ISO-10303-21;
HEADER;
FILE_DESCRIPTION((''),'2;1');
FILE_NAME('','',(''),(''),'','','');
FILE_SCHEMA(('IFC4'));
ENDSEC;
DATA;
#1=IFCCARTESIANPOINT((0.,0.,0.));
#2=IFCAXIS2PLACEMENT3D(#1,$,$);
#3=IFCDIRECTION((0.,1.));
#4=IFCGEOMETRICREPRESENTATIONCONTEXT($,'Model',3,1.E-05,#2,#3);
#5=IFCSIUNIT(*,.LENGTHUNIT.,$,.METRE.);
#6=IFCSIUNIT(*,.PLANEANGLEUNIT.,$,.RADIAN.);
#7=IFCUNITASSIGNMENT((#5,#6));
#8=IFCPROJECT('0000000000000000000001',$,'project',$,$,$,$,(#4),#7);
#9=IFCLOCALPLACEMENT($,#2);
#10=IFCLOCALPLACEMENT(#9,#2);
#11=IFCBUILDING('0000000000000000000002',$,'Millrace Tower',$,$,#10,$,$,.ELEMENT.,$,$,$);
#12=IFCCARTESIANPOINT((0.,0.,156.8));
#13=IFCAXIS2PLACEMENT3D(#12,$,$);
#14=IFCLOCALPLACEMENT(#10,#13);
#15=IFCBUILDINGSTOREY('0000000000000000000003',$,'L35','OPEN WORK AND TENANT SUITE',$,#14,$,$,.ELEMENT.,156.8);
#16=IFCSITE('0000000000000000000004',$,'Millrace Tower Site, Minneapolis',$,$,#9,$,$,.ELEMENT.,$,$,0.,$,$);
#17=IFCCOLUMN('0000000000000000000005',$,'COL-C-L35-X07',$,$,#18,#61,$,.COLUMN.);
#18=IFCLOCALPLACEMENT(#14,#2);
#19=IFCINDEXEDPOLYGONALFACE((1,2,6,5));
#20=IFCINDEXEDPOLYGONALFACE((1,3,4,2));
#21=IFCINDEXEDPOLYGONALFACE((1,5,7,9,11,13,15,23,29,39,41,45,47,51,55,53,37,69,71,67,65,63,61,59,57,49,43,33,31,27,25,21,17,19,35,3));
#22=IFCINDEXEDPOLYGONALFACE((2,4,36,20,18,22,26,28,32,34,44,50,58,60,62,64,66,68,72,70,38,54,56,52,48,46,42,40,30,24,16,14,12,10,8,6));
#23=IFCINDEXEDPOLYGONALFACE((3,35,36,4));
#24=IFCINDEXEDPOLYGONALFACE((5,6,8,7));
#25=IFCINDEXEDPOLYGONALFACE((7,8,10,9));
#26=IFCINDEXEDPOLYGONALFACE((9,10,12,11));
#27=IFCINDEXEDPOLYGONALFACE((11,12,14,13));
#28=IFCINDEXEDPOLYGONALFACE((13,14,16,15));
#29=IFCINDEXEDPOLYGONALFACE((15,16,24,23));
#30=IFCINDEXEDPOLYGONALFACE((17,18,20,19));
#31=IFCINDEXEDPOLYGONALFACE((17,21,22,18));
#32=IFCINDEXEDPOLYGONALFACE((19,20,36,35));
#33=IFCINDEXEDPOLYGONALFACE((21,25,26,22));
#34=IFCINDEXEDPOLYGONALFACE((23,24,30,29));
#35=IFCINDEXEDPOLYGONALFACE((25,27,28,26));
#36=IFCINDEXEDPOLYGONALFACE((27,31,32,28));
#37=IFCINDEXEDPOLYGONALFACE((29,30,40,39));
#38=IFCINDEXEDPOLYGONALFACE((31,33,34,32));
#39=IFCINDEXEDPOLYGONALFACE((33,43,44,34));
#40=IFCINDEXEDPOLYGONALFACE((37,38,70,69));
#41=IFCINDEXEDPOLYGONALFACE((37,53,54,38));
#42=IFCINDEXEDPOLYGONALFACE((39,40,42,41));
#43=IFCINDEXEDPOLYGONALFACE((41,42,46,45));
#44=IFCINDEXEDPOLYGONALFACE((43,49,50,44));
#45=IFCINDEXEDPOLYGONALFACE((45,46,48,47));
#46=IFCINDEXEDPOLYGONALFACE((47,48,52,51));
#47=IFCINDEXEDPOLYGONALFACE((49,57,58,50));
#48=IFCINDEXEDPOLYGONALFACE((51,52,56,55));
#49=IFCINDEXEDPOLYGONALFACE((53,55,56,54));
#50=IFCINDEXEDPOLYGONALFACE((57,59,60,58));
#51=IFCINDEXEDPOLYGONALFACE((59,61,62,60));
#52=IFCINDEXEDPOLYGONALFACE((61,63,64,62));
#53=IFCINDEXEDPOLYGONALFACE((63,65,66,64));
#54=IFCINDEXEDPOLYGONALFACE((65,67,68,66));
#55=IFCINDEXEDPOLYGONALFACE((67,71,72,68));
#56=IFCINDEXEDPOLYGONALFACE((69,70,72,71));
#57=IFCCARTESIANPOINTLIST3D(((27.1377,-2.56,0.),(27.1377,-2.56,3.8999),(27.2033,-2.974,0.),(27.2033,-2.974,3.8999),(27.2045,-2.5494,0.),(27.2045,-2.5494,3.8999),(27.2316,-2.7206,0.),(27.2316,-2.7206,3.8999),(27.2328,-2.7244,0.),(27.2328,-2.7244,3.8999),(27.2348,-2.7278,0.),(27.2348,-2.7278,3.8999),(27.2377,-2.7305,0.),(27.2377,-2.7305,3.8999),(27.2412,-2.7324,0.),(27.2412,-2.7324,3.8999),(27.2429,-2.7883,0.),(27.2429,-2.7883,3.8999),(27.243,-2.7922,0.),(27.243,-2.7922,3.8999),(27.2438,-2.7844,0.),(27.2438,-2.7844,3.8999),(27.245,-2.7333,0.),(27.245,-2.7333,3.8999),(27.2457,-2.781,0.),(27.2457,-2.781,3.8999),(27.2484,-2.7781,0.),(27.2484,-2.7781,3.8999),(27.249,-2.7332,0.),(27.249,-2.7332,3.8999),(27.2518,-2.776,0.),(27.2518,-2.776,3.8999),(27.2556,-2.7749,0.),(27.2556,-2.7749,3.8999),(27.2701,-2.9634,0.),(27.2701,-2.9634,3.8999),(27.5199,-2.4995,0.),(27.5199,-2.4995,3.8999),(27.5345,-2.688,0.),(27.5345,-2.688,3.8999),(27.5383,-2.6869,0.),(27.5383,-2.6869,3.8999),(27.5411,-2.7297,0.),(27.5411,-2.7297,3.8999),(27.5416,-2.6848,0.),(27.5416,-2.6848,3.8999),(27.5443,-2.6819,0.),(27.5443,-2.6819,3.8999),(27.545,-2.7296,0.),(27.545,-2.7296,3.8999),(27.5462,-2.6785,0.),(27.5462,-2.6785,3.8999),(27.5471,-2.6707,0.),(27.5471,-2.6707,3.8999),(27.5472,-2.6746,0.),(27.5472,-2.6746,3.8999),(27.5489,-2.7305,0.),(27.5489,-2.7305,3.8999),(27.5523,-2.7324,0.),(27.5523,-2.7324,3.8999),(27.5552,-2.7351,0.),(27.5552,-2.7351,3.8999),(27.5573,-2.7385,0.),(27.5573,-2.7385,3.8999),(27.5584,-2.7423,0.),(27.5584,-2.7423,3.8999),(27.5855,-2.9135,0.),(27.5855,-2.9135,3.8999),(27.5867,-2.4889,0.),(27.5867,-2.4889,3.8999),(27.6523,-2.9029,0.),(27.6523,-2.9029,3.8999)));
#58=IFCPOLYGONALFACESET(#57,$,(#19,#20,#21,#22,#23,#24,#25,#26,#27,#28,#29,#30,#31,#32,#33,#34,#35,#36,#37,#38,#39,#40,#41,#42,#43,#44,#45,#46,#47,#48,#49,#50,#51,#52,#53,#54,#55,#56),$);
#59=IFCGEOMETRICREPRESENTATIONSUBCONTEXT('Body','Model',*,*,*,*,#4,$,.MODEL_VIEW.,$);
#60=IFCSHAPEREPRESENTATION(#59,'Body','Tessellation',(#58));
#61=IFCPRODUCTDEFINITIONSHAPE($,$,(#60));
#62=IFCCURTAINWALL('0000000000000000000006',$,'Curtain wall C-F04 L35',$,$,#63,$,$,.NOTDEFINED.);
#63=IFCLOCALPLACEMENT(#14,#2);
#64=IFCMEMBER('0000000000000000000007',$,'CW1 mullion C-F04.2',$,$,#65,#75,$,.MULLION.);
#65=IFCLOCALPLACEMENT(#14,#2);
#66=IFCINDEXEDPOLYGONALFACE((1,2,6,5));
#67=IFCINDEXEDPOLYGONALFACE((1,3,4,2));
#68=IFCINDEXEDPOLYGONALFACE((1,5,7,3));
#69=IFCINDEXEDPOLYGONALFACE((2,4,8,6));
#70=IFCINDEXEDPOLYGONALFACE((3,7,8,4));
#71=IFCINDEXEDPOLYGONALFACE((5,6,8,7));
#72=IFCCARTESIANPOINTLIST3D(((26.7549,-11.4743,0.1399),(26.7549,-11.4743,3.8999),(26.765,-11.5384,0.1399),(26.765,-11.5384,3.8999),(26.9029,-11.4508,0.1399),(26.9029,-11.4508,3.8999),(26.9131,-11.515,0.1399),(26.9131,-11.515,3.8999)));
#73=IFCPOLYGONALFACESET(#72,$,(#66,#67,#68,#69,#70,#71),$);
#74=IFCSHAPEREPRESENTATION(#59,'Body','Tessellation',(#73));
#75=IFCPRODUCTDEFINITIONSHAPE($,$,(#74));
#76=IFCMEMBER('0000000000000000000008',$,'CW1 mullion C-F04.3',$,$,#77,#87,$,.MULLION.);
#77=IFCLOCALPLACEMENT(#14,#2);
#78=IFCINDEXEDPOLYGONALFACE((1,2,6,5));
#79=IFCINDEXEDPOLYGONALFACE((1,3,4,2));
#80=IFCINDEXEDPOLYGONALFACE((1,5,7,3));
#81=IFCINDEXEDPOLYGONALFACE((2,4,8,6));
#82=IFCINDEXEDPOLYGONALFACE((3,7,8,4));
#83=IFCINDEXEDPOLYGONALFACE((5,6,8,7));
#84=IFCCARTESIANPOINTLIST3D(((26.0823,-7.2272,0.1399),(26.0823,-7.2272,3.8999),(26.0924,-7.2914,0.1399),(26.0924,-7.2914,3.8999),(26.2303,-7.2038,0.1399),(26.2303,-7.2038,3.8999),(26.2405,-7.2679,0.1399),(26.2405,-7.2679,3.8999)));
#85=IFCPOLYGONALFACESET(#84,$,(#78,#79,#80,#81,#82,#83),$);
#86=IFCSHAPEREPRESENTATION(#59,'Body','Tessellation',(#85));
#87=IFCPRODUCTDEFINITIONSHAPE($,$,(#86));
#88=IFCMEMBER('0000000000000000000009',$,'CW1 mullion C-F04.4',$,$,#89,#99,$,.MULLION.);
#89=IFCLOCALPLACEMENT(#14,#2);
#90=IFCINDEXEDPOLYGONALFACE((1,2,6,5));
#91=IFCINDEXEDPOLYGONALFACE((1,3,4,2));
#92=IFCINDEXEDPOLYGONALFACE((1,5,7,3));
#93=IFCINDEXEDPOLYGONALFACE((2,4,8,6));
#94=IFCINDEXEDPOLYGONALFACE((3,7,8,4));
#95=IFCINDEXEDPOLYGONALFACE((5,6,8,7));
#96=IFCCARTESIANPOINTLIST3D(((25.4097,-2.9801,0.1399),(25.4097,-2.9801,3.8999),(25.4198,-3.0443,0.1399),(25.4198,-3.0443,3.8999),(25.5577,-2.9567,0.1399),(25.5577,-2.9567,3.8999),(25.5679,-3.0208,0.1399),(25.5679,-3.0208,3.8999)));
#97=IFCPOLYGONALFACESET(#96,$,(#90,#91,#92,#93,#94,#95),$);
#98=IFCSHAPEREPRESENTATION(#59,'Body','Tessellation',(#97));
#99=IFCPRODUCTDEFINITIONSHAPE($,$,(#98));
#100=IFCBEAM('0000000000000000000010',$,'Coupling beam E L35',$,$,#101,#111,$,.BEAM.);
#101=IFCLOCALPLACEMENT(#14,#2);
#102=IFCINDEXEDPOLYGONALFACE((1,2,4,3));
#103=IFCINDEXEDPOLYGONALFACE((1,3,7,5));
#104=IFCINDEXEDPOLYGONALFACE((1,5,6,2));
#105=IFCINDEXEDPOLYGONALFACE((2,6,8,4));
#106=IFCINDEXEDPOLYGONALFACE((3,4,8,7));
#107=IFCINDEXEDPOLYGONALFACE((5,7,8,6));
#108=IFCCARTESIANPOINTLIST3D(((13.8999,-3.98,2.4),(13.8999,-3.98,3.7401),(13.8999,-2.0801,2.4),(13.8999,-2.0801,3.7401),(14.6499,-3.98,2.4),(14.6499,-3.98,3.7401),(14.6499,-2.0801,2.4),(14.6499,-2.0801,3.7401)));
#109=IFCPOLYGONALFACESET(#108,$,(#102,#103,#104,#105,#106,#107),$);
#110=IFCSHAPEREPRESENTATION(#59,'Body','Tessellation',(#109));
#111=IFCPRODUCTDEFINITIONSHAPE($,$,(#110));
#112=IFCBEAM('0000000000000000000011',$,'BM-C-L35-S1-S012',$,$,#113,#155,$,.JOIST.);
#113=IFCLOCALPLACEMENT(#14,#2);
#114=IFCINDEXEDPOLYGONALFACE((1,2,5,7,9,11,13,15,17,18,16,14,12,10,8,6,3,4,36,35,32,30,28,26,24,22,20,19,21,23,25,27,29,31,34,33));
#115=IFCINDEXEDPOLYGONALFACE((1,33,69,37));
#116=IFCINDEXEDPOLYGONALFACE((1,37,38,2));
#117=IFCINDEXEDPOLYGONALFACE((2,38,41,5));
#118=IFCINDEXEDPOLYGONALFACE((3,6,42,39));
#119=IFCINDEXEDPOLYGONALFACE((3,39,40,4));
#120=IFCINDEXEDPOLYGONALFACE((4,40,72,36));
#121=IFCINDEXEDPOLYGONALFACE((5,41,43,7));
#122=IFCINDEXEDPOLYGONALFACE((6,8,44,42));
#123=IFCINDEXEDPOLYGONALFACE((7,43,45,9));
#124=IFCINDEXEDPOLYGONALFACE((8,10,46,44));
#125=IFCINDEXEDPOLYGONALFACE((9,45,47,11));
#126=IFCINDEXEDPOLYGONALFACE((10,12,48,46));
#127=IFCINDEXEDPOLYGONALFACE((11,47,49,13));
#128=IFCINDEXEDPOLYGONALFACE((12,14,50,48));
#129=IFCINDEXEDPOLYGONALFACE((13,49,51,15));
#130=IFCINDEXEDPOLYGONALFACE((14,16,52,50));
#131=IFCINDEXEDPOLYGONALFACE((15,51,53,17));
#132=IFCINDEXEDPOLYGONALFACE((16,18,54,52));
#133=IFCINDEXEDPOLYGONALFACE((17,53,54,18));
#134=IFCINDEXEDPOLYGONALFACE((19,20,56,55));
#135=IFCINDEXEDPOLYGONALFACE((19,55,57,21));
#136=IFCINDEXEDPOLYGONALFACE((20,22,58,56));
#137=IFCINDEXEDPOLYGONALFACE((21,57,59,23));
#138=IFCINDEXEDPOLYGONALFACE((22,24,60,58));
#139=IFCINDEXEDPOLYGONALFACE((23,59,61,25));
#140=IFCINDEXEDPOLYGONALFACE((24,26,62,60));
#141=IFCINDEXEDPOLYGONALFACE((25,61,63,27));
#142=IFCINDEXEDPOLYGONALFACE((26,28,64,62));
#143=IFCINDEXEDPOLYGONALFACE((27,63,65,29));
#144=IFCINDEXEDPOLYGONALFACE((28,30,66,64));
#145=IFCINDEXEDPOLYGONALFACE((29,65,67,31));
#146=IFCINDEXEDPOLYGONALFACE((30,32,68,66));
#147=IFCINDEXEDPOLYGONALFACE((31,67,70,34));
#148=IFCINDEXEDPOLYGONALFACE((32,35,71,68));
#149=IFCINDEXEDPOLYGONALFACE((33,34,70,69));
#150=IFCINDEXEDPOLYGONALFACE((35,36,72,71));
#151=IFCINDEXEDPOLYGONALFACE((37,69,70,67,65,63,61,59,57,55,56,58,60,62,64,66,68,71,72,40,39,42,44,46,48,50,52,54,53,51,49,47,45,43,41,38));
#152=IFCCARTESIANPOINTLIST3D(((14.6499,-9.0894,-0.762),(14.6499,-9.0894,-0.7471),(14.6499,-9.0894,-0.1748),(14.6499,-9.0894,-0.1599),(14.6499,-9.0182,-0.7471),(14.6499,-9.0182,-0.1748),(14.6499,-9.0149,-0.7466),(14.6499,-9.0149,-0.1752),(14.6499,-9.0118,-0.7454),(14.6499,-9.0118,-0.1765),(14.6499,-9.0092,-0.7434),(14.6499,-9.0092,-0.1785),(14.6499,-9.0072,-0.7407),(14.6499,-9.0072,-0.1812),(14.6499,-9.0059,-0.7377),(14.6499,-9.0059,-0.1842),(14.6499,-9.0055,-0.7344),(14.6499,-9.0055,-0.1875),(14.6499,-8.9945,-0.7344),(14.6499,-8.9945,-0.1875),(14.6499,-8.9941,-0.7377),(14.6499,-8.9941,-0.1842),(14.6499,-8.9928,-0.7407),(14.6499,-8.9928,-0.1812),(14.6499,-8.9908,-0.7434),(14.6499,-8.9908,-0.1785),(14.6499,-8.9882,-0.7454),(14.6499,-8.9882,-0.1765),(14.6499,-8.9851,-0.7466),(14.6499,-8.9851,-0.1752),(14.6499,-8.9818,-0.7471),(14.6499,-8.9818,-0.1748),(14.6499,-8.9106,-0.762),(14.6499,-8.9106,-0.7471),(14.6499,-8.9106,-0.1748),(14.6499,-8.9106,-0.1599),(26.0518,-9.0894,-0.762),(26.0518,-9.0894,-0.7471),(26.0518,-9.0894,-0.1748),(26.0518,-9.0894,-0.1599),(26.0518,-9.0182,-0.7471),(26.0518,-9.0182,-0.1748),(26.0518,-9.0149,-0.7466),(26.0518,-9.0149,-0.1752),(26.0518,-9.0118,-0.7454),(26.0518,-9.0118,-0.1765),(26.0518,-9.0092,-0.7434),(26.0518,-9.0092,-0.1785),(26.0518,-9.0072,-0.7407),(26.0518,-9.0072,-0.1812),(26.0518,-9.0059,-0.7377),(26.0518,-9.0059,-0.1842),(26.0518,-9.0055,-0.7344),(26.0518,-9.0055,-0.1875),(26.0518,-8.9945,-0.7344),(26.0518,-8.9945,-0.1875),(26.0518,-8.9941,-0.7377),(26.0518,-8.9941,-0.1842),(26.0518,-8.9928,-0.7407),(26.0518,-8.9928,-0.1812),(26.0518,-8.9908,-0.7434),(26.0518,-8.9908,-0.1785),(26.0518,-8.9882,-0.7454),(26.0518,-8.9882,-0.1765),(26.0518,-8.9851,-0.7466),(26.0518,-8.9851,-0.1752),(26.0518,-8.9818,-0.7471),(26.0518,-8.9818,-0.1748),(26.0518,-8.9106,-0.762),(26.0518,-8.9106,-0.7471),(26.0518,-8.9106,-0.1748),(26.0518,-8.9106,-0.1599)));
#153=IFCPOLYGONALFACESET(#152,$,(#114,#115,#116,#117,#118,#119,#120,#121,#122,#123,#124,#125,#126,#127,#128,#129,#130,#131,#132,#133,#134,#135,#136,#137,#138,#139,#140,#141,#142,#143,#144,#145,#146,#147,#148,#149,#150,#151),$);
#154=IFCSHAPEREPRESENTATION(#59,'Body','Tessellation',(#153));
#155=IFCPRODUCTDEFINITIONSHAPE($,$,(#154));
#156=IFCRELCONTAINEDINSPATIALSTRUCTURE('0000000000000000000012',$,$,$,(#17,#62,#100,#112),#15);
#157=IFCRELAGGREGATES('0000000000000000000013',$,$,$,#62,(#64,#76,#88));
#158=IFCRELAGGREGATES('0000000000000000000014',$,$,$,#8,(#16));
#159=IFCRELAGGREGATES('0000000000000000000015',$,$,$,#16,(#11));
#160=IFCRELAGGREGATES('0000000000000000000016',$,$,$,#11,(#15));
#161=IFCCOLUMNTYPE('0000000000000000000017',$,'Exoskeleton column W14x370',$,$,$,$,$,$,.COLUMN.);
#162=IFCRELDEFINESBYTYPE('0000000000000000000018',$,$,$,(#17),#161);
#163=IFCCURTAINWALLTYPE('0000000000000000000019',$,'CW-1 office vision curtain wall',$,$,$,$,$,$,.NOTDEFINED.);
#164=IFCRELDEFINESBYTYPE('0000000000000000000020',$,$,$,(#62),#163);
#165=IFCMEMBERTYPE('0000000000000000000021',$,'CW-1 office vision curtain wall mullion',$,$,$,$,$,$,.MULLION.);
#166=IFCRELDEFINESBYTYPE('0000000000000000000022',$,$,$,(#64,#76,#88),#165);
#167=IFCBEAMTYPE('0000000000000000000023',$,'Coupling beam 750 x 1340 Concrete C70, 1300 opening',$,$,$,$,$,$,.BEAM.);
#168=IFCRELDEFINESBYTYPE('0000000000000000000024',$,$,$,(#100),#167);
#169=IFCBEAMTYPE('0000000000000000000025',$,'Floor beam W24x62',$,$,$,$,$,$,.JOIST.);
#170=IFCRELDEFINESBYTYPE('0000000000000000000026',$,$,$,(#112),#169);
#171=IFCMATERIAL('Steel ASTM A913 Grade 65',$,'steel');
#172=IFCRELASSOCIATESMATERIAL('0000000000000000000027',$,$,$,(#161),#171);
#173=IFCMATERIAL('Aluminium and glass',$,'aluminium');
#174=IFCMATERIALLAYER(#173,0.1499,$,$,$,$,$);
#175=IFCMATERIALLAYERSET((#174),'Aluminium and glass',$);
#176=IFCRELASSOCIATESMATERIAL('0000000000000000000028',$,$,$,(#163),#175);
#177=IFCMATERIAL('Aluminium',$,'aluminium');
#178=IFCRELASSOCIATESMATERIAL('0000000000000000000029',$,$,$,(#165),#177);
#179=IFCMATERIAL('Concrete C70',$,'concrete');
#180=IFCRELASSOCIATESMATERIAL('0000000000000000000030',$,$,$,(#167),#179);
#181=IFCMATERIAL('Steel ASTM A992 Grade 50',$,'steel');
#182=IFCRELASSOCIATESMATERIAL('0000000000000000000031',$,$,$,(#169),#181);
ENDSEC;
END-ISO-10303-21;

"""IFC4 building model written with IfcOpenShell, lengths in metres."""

from ifc_helpers import new_model, si_unit, direction, frame, origin, origin_2d, place, context, subcontext, project, spatial, rectangle, i_section, extrude, material, layer, layer_set, material_profile, profile_set, type_object, element, aggregate, save


model = new_model("IFC4")

# Units and contexts
model_context = context("Model", 3, precision=1e-05, world=origin(), true_north=direction((0.0, 1.0)))
body_context = subcontext(model_context, "Body", "Model", "MODEL_VIEW")
ifc_project = project(units=[si_unit("LENGTHUNIT", "METRE"), si_unit("PLANEANGLEUNIT", "RADIAN")], contexts=[model_context])

# Site, building, storey
site_placement = place(None, origin())
site = spatial("IfcSite", under=ifc_project, at=site_placement, Name="Millrace Tower Site, Minneapolis", CompositionType="ELEMENT", RefElevation=0.0)
building_placement = place(site_placement, origin())
building = spatial("IfcBuilding", under=site, at=building_placement, Name="Millrace Tower", CompositionType="ELEMENT")
storey_placement = place(building_placement, frame((0.0, 0.0, 156.8)))
storey = spatial("IfcBuildingStorey", under=building, at=storey_placement, Name="L35", Description="OPEN WORK AND TENANT SUITE", CompositionType="ELEMENT", Elevation=156.8)

# Column
ifc_material_1 = material(Name="Steel ASTM A913 Grade 65", Category="steel")
ifc_material_profile_1 = material_profile(ifc_material_1, i_section(OverallWidth=0.4192, OverallDepth=0.4546, WebThickness=0.0422, FlangeThickness=0.0676, FilletRadius=0.0151, at=origin_2d()))
ifc_profile_set_1 = profile_set([ifc_material_profile_1], Name="Steel ASTM A913 Grade 65")
column_type = type_object("IfcColumnType", Name="Exoskeleton column W14x370", PredefinedType="COLUMN", material=ifc_profile_set_1)
column_placement = place(storey_placement, frame((27.395, -2.7314, 0.0), z_axis=(0.0, 0.0, 1.0), x_axis=(-0.156434, 0.987688, 0.0)))
element("IfcColumn", 1, at=column_placement, inside=storey, type_object=column_type, Name="COL-C-L35-X07", PredefinedType="COLUMN", context=body_context, shape_type="SweptSolid", body=[
    extrude(i_section(OverallWidth=0.4192, OverallDepth=0.4546, WebThickness=0.0422, FlangeThickness=0.0676, FilletRadius=0.0151, at=origin_2d()), origin(), (0.0, 0.0, 1.0), 3.8999),
])

# Curtain wall, members
ifc_material_2 = material(Name="Aluminium and glass", Category="aluminium")
ifc_layer_1 = layer(ifc_material_2, 0.1499)
ifc_layer_set_1 = layer_set([ifc_layer_1], Name="Aluminium and glass")
curtain_wall_type = type_object("IfcCurtainWallType", Name="CW-1 office vision curtain wall", PredefinedType="NOTDEFINED", material=ifc_layer_set_1)
placement = place(storey_placement, origin())
curtain_wall = element("IfcCurtainWall", 2, at=placement, inside=storey, type_object=curtain_wall_type, Name="Curtain wall C-F04 L35", PredefinedType="NOTDEFINED")
ifc_material_3 = material(Name="Aluminium", Category="aluminium")
ifc_material_profile_2 = material_profile(ifc_material_3, rectangle(XDim=0.0649, YDim=0.1499, at=origin_2d()))
ifc_profile_set_2 = profile_set([ifc_material_profile_2], Name="Aluminium")
member_type = type_object("IfcMemberType", Name="CW-1 office vision curtain wall mullion", PredefinedType="MULLION", material=ifc_profile_set_2)
member_1_placement = place(storey_placement, frame((26.834, -11.4946, 0.1399), z_axis=(0.0, 0.0, 1.0), x_axis=(-0.156434, 0.987688, 0.0)))
member_1 = element("IfcMember", 3, at=member_1_placement, type_object=member_type, Name="CW1 mullion C-F04.2", PredefinedType="MULLION", context=body_context, shape_type="SweptSolid", body=[
    extrude(rectangle(XDim=0.0649, YDim=0.1499, at=origin_2d()), origin(), (0.0, 0.0, 1.0), 3.76),
])
member_2_placement = place(storey_placement, frame((26.1614, -7.2476, 0.1399), z_axis=(0.0, 0.0, 1.0), x_axis=(-0.156434, 0.987688, 0.0)))
member_2 = element("IfcMember", 4, at=member_2_placement, type_object=member_type, Name="CW1 mullion C-F04.3", PredefinedType="MULLION", context=body_context, shape_type="SweptSolid", body=[
    extrude(rectangle(XDim=0.0649, YDim=0.1499, at=origin_2d()), origin(), (0.0, 0.0, 1.0), 3.76),
])
member_3_placement = place(storey_placement, frame((25.4888, -3.0005, 0.1399), z_axis=(0.0, 0.0, 1.0), x_axis=(-0.156434, 0.987688, 0.0)))
member_3 = element("IfcMember", 5, at=member_3_placement, type_object=member_type, Name="CW1 mullion C-F04.4", PredefinedType="MULLION", context=body_context, shape_type="SweptSolid", body=[
    extrude(rectangle(XDim=0.0649, YDim=0.1499, at=origin_2d()), origin(), (0.0, 0.0, 1.0), 3.76),
])
aggregate(curtain_wall, [member_1, member_2, member_3])

# Beams
ifc_material_4 = material(Name="Concrete C70", Category="concrete")
ifc_material_profile_3 = material_profile(ifc_material_4, rectangle(XDim=0.75, YDim=1.3401, at=origin_2d()))
ifc_profile_set_3 = profile_set([ifc_material_profile_3], Name="Concrete C70")
beam_type_1 = type_object("IfcBeamType", Name="Coupling beam 750 x 1340 Concrete C70, 1300 opening", PredefinedType="BEAM", material=ifc_profile_set_3)
beam_1_placement = place(storey_placement, frame((14.2749, -2.0801, 3.0701), z_axis=(0.0, -1.0, 0.0), x_axis=(1.0, 0.0, 0.0)))
element("IfcBeam", 6, at=beam_1_placement, inside=storey, type_object=beam_type_1, Name="Coupling beam E L35", PredefinedType="BEAM", context=body_context, shape_type="SweptSolid", body=[
    extrude(rectangle(XDim=0.75, YDim=1.3401, at=origin_2d()), origin(), (0.0, 0.0, 1.0), 1.8999),
])
ifc_material_5 = material(Name="Steel ASTM A992 Grade 50", Category="steel")
ifc_material_profile_4 = material_profile(ifc_material_5, i_section(OverallWidth=0.1787, OverallDepth=0.6021, WebThickness=0.011, FlangeThickness=0.0149, FilletRadius=0.0127, at=origin_2d()))
ifc_profile_set_4 = profile_set([ifc_material_profile_4], Name="Steel ASTM A992 Grade 50")
beam_type_2 = type_object("IfcBeamType", Name="Floor beam W24x62", PredefinedType="JOIST", material=ifc_profile_set_4)
beam_2_placement = place(storey_placement, frame((14.6499, -9.0, -0.4609), z_axis=(1.0, 0.0, 0.0), x_axis=(0.0, 1.0, 0.0)))
element("IfcBeam", 7, at=beam_2_placement, inside=storey, type_object=beam_type_2, Name="BM-C-L35-S1-S012", PredefinedType="JOIST", context=body_context, shape_type="SweptSolid", body=[
    extrude(i_section(OverallWidth=0.1787, OverallDepth=0.6021, WebThickness=0.011, FlangeThickness=0.0149, FilletRadius=0.0127, at=origin_2d()), origin(), (0.0, 0.0, 1.0), 11.4019),
])

save(model, "model.ifc")
